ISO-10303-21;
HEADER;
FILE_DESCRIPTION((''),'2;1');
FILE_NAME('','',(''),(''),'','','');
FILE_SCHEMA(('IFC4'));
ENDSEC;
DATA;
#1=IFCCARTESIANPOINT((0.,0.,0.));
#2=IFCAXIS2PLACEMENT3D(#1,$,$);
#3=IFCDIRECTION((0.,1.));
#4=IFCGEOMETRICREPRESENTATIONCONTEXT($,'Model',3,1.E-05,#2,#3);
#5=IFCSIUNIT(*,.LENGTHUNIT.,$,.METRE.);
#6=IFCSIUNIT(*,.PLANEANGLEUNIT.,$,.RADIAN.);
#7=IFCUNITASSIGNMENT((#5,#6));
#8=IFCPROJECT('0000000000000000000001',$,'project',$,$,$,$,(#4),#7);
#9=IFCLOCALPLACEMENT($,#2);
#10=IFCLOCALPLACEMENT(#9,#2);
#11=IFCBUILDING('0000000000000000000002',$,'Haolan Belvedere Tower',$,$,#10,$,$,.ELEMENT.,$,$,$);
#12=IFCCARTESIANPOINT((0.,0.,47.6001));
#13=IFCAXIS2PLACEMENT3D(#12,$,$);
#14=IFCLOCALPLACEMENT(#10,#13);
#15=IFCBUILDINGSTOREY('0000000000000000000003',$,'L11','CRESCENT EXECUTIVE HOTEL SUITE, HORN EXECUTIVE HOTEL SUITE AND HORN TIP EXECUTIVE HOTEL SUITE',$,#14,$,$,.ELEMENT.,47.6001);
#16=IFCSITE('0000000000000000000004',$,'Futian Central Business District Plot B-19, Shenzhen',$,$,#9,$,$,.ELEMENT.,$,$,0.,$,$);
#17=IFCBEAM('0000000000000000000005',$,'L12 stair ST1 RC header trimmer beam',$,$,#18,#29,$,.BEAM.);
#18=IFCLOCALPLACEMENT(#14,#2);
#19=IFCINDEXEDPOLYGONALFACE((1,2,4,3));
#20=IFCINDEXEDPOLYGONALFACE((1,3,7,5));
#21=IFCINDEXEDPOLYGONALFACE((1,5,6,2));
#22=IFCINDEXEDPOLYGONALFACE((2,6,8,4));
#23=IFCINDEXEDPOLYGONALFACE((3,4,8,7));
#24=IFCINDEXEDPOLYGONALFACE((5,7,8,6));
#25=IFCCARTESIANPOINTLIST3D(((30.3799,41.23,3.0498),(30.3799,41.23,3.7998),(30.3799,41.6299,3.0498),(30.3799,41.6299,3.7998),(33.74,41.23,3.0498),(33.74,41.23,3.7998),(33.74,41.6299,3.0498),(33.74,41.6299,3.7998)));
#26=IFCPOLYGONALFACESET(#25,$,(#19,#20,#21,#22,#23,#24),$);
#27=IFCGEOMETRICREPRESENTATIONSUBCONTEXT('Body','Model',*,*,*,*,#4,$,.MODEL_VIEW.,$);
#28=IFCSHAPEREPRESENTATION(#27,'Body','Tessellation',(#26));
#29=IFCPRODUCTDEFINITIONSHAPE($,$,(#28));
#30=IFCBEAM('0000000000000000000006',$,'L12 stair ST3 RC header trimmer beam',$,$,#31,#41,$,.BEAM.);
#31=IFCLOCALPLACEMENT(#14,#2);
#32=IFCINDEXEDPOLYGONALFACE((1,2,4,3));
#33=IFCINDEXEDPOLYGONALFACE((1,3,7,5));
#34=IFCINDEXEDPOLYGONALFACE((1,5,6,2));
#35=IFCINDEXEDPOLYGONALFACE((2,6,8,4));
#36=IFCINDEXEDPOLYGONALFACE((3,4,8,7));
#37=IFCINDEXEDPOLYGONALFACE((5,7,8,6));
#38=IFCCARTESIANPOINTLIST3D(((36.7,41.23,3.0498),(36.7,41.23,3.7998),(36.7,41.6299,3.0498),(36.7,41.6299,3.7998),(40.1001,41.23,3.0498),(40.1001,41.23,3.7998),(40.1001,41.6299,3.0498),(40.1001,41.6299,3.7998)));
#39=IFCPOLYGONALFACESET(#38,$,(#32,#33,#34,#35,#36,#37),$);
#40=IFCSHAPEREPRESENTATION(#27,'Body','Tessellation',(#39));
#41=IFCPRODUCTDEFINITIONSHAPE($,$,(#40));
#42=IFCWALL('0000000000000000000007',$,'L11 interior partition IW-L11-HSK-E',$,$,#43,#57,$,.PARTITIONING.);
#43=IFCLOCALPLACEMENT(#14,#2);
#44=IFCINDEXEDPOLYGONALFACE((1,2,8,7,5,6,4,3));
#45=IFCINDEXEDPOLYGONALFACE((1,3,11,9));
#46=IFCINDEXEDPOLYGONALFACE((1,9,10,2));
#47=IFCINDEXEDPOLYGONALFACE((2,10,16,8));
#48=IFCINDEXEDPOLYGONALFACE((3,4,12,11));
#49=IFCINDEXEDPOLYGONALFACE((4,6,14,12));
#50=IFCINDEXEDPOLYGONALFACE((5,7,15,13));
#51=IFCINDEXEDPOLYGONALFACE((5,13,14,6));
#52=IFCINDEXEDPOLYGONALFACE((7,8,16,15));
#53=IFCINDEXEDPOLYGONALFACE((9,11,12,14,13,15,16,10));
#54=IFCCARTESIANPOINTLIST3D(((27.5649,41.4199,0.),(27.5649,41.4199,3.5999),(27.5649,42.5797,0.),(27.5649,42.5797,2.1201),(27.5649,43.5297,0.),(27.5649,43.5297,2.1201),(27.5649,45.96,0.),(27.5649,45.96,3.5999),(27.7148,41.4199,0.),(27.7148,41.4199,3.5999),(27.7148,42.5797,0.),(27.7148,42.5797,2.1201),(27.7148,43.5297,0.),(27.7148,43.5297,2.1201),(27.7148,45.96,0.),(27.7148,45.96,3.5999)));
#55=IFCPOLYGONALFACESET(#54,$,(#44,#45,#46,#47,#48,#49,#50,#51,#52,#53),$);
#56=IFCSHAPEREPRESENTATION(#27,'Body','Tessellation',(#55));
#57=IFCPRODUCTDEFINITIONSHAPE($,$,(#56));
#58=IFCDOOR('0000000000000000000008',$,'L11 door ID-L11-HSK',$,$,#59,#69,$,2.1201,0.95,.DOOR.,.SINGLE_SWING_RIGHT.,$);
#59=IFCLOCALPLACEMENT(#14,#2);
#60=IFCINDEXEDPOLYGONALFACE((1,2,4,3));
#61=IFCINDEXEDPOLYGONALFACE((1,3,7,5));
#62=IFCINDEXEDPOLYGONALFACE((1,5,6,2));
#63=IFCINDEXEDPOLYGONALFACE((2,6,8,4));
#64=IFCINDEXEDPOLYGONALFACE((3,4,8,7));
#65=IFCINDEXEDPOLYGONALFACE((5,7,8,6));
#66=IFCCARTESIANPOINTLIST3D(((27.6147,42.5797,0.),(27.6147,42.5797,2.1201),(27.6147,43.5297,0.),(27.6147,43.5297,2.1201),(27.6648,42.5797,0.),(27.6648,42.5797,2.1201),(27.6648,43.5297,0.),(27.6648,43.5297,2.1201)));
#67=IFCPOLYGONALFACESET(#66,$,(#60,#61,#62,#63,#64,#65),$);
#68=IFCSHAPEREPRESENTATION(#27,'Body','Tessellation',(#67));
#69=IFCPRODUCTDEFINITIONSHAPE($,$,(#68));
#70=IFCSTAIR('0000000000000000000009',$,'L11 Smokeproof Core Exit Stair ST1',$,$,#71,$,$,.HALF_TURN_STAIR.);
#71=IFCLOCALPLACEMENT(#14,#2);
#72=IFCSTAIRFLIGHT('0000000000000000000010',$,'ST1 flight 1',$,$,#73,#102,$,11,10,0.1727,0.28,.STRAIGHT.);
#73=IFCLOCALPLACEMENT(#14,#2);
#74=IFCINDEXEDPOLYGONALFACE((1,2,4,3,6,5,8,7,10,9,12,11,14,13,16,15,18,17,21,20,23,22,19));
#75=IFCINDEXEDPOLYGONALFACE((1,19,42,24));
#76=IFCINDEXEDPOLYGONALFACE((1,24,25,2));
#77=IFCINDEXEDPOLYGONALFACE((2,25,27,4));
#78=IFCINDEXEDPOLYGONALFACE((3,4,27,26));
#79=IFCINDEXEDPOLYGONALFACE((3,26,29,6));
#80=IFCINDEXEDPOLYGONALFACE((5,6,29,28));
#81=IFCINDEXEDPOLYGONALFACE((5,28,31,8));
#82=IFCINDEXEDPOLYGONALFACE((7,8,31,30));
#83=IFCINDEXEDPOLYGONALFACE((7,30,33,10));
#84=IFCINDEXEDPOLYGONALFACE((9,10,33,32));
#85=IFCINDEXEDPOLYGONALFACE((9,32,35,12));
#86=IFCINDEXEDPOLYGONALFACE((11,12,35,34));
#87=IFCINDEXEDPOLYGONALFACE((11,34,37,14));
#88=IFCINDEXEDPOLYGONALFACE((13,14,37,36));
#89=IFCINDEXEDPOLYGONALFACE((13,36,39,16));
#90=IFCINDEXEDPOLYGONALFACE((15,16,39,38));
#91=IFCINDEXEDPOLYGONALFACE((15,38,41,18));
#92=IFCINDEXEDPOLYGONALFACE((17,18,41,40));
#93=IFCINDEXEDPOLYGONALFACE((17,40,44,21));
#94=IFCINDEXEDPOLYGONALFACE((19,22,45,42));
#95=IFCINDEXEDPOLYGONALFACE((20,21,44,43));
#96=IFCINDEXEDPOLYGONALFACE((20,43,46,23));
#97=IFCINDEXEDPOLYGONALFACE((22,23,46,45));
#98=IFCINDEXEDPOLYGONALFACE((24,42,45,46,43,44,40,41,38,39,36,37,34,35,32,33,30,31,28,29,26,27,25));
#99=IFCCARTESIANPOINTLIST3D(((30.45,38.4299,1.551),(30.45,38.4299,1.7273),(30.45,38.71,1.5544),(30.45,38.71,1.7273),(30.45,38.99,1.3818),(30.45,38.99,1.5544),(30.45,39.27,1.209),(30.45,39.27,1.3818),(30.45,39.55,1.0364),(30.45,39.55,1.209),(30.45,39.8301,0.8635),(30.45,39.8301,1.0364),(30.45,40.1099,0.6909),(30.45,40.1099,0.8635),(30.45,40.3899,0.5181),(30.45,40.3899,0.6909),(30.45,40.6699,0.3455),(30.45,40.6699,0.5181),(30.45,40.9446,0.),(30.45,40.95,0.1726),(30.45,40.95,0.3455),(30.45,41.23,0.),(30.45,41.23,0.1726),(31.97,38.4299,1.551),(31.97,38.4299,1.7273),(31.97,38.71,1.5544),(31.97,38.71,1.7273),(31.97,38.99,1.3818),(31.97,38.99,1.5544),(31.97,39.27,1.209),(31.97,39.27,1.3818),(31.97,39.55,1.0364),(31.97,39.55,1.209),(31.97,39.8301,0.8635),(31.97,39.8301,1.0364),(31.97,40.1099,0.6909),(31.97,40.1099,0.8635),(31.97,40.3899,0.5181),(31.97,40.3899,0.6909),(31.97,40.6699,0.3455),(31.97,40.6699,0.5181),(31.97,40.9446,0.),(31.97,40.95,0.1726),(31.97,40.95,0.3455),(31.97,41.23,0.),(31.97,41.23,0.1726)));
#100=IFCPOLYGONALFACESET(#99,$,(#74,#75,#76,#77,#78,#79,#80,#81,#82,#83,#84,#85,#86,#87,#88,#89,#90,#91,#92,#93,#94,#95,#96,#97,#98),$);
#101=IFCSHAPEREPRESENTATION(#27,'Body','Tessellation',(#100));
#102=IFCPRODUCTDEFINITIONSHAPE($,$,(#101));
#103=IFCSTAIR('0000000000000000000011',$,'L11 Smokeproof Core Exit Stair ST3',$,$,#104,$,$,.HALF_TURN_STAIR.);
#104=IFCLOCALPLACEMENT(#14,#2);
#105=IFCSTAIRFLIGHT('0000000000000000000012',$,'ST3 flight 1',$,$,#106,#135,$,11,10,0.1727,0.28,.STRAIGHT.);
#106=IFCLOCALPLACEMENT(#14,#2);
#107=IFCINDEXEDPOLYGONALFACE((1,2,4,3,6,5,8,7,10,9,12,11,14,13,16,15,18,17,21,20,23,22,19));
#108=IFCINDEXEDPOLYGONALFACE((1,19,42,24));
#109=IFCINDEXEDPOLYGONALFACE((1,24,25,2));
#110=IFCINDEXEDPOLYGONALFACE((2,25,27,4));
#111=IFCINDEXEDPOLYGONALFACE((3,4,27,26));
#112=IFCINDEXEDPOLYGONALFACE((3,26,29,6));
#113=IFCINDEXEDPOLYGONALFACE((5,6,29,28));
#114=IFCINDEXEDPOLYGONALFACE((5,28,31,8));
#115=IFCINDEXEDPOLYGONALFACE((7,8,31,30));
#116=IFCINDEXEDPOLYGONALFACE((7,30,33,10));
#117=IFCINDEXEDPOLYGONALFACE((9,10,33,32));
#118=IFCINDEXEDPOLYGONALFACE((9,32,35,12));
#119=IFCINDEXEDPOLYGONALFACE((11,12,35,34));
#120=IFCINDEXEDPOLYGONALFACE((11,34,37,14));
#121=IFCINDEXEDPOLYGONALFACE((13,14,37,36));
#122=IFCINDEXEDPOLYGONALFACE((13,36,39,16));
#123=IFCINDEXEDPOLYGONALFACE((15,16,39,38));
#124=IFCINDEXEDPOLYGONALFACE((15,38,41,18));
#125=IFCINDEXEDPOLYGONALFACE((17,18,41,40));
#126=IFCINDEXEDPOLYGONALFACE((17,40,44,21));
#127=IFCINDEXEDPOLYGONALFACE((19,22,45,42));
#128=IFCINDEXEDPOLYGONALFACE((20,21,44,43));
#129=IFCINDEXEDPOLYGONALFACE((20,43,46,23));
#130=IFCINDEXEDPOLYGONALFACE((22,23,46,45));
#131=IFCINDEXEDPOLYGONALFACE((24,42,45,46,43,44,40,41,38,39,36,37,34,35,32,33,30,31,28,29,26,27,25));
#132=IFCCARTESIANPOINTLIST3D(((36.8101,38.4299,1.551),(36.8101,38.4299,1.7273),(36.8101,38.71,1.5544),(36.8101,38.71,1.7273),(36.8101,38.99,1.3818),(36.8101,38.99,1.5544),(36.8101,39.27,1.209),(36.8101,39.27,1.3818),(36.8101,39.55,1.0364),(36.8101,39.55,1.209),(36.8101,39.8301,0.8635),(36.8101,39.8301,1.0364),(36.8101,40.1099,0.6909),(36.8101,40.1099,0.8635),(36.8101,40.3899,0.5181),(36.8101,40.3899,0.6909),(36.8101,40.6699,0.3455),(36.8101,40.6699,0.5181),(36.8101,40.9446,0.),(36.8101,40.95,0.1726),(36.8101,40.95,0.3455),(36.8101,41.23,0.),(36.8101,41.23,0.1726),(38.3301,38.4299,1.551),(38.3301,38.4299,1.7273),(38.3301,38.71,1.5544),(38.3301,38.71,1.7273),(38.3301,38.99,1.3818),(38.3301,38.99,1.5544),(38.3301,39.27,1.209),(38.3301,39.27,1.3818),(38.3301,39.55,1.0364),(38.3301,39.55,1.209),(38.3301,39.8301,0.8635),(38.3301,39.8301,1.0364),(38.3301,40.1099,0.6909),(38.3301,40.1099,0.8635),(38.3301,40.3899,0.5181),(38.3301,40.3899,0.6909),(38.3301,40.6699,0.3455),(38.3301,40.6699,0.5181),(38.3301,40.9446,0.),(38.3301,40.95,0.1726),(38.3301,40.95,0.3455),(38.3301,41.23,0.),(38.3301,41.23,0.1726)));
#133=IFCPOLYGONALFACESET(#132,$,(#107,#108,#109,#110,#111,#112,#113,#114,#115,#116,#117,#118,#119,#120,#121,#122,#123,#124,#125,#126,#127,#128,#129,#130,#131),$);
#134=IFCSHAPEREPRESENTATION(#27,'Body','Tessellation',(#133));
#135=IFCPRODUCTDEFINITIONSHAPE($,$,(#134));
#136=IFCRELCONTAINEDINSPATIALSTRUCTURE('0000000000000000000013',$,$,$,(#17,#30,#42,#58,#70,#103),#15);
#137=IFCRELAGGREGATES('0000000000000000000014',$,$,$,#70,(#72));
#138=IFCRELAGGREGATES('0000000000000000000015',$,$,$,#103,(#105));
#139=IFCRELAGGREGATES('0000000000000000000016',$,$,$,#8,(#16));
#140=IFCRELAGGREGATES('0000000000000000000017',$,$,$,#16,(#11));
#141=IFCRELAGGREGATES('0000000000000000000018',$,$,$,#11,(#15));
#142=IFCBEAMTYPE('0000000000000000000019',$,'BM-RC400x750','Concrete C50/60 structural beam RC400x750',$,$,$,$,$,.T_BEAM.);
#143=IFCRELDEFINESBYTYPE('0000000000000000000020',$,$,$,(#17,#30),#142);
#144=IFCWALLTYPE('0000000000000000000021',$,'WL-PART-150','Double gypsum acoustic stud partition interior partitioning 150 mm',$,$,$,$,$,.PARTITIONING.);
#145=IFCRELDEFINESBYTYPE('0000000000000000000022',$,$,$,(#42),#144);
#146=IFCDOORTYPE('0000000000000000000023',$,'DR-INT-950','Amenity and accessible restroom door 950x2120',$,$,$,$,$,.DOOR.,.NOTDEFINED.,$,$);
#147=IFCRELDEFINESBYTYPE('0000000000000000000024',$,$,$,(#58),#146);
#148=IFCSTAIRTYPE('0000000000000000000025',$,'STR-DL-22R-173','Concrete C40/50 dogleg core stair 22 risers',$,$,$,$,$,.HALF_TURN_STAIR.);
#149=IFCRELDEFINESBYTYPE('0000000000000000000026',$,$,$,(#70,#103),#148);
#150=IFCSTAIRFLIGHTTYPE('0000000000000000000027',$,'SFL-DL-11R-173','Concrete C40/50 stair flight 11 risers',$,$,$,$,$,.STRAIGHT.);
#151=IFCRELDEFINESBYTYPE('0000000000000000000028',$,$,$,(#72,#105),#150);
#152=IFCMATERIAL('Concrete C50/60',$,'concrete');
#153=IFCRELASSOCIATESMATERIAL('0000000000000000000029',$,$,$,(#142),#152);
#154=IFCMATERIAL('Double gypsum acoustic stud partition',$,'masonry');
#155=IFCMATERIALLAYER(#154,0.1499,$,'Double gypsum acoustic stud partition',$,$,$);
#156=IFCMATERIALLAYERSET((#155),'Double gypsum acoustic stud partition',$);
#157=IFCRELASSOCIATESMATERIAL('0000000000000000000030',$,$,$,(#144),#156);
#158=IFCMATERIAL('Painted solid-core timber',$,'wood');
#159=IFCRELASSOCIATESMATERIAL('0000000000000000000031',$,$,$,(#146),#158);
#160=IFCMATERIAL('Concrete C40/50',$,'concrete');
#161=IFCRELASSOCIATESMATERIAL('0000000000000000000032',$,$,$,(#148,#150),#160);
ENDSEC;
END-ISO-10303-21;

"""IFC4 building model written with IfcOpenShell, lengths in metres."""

from ifc_helpers import new_model, si_unit, direction, frame, frame_2d, origin, origin_2d, place, context, subcontext, project, spatial, polyline, rectangle, outline, extrude, material, layer, layer_set, material_profile, profile_set, type_object, element, fill, aggregate, save


model = new_model("IFC4")

# Units and contexts
model_context = context("Model", 3, precision=1e-05, world=origin(), true_north=direction((0.0, 1.0)))
body_context = subcontext(model_context, "Body", "Model", "MODEL_VIEW")
ifc_project = project(units=[si_unit("LENGTHUNIT", "METRE"), si_unit("PLANEANGLEUNIT", "RADIAN")], contexts=[model_context])

# Site, building, storey
site_placement = place(None, origin())
site = spatial("IfcSite", under=ifc_project, at=site_placement, Name="Futian Central Business District Plot B-19, Shenzhen", CompositionType="ELEMENT", RefElevation=0.0)
building_placement = place(site_placement, origin())
building = spatial("IfcBuilding", under=site, at=building_placement, Name="Haolan Belvedere Tower", CompositionType="ELEMENT")
storey_placement = place(building_placement, frame((0.0, 0.0, 47.6001)))
storey = spatial("IfcBuildingStorey", under=building, at=storey_placement, Name="L11", Description="CRESCENT EXECUTIVE HOTEL SUITE, HORN EXECUTIVE HOTEL SUITE AND HORN TIP EXECUTIVE HOTEL SUITE", CompositionType="ELEMENT", Elevation=47.6001)

# Beams
ifc_material_1 = material(Name="Concrete C50/60", Category="concrete")
ifc_material_profile = material_profile(ifc_material_1, rectangle(XDim=0.3999, YDim=0.75, at=origin_2d()), Name="Concrete C50/60")
ifc_profile_set = profile_set([ifc_material_profile], Name="Concrete C50/60")
beam_type = type_object("IfcBeamType", Name="BM-RC400x750", Description="Concrete C50/60 structural beam RC400x750", PredefinedType="T_BEAM", material=ifc_profile_set)
beam_1_placement = place(storey_placement, frame((30.3799, 41.4299, 3.4248), z_axis=(1.0, 0.0, 0.0), x_axis=(0.0, 1.0, 0.0)))
element("IfcBeam", 1, at=beam_1_placement, inside=storey, type_object=beam_type, Name="L12 stair ST1 RC header trimmer beam", PredefinedType="BEAM", context=body_context, shape_type="SweptSolid", body=[
    extrude(rectangle(XDim=0.3999, YDim=0.75, at=origin_2d()), origin(), (0.0, 0.0, 1.0), 3.3601),
])
beam_2_placement = place(storey_placement, frame((36.7, 41.4299, 3.4248), z_axis=(1.0, 0.0, 0.0), x_axis=(0.0, 1.0, 0.0)))
element("IfcBeam", 2, at=beam_2_placement, inside=storey, type_object=beam_type, Name="L12 stair ST3 RC header trimmer beam", PredefinedType="BEAM", context=body_context, shape_type="SweptSolid", body=[
    extrude(rectangle(XDim=0.3999, YDim=0.75, at=origin_2d()), origin(), (0.0, 0.0, 1.0), 3.4001),
])

# Wall, opening, door
ifc_material_2 = material(Name="Double gypsum acoustic stud partition", Category="masonry")
ifc_layer_1 = layer(ifc_material_2, 0.1499, Name="Double gypsum acoustic stud partition")
ifc_layer_set_1 = layer_set([ifc_layer_1], Name="Double gypsum acoustic stud partition")
wall_type_1 = type_object("IfcWallType", Name="WL-PART-150", Description="Double gypsum acoustic stud partition interior partitioning 150 mm", PredefinedType="PARTITIONING", material=ifc_layer_set_1)
wall_1_placement = place(storey_placement, frame((27.6399, 41.4199, 0.0), z_axis=(0.0, 0.0, 1.0), x_axis=(0.0, 1.0, 0.0)))
wall_1 = element("IfcWall", 3, at=wall_1_placement, inside=storey, type_object=wall_type_1, Name="L11 interior partition IW-L11-HSK-E", PredefinedType="PARTITIONING", context=body_context, shape_type="SweptSolid", body=[
    extrude(rectangle(XDim=4.54, YDim=0.1499, at=frame_2d((2.27, 0.0))), origin(), (0.0, 0.0, 1.0), 3.5999),
])
opening_1_placement = place(wall_1_placement, frame((2.1099, 0.0, 0.0), z_axis=(0.0, 0.0, 1.0), x_axis=(-1.0, 0.0, 0.0)))
opening_1 = element("IfcOpeningElement", 4, at=opening_1_placement, cuts=wall_1, PredefinedType="OPENING", context=body_context, shape_type="SweptSolid", body=[
    extrude(rectangle(XDim=0.95, YDim=2.1201, at=frame_2d((0.4751, 1.0601))), frame((0.0, 0.085, 0.0), z_axis=(0.0, -1.0, 0.0), x_axis=(1.0, 0.0, 0.0)), (0.0, 0.0, 1.0), 0.1699),
])
ifc_material_3 = material(Name="Painted solid-core timber", Category="wood")
door_type_1 = type_object("IfcDoorType", Name="DR-INT-950", Description="Amenity and accessible restroom door 950x2120", OperationType="NOTDEFINED", PredefinedType="DOOR", material=ifc_material_3)
door_1_placement = place(opening_1_placement, origin())
door_1 = element("IfcDoor", 5, at=door_1_placement, inside=storey, type_object=door_type_1, Name="L11 door ID-L11-HSK", OperationType="SINGLE_SWING_RIGHT", OverallHeight=2.1201, OverallWidth=0.95, PredefinedType="DOOR", context=body_context, shape_type="SweptSolid", body=[
    extrude(rectangle(XDim=0.95, YDim=2.1201, at=frame_2d((0.4751, 1.0601))), frame((0.0, 0.0249, 0.0), z_axis=(0.0, -1.0, 0.0), x_axis=(1.0, 0.0, 0.0)), (0.0, 0.0, 1.0), 0.05),
])
fill(opening_1, door_1)

# Stairs, stair flights
ifc_material_4 = material(Name="Concrete C40/50", Category="concrete")
stair_type = type_object("IfcStairType", Name="STR-DL-22R-173", Description="Concrete C40/50 dogleg core stair 22 risers", PredefinedType="HALF_TURN_STAIR", material=ifc_material_4)
stair_1_placement = place(storey_placement, origin())
stair_1 = element("IfcStair", 6, at=stair_1_placement, inside=storey, type_object=stair_type, Name="L11 Smokeproof Core Exit Stair ST1", PredefinedType="HALF_TURN_STAIR")
stair_flight_type = type_object("IfcStairFlightType", Name="SFL-DL-11R-173", Description="Concrete C40/50 stair flight 11 risers", PredefinedType="STRAIGHT", material=ifc_material_4)
stair_flight_1_placement = place(storey_placement, frame((31.21, 41.23, 0.0), z_axis=(0.0, 0.0, 1.0), x_axis=(0.0, -1.0, 0.0)))
stair_flight_1 = element("IfcStairFlight", 7, at=stair_flight_1_placement, type_object=stair_flight_type, Name="ST1 flight 1", NumberOfRisers=11, NumberOfTreads=10, PredefinedType="STRAIGHT", RiserHeight=0.1727, TreadLength=0.28, context=body_context, shape_type="SweptSolid", body=[
    extrude(outline(polyline([(0.0, 0.0), (0.0, 0.1726), (0.28, 0.1726), (0.28, 0.3455), (0.5601, 0.3455), (0.5601, 0.5181), (0.8401, 0.5181), (0.8401, 0.6909), (1.1201, 0.6909), (1.1201, 0.8635), (1.3999, 0.8635), (1.3999, 1.0364), (1.6799, 1.0364), (1.6799, 1.209), (1.96, 1.209), (1.96, 1.3818), (2.24, 1.3818), (2.24, 1.5544), (2.52, 1.5544), (2.52, 1.7273), (2.8, 1.7273), (2.8, 1.8999), (2.8, 1.551), (0.2854, 0.0), (0.0, 0.0)])), frame((0.0, 0.76, 0.0), z_axis=(0.0, -1.0, 0.0), x_axis=(1.0, 0.0, 0.0)), (0.0, 0.0, 1.0), 1.52),
])
aggregate(stair_1, [stair_flight_1])
stair_2_placement = place(storey_placement, origin())
stair_2 = element("IfcStair", 8, at=stair_2_placement, inside=storey, type_object=stair_type, Name="L11 Smokeproof Core Exit Stair ST3", PredefinedType="HALF_TURN_STAIR")
stair_flight_2_placement = place(storey_placement, frame((37.5701, 41.23, 0.0), z_axis=(0.0, 0.0, 1.0), x_axis=(0.0, -1.0, 0.0)))
stair_flight_2 = element("IfcStairFlight", 9, at=stair_flight_2_placement, type_object=stair_flight_type, Name="ST3 flight 1", NumberOfRisers=11, NumberOfTreads=10, PredefinedType="STRAIGHT", RiserHeight=0.1727, TreadLength=0.28, context=body_context, shape_type="SweptSolid", body=[
    extrude(outline(polyline([(0.0, 0.0), (0.0, 0.1726), (0.28, 0.1726), (0.28, 0.3455), (0.5601, 0.3455), (0.5601, 0.5181), (0.8401, 0.5181), (0.8401, 0.6909), (1.1201, 0.6909), (1.1201, 0.8635), (1.3999, 0.8635), (1.3999, 1.0364), (1.6799, 1.0364), (1.6799, 1.209), (1.96, 1.209), (1.96, 1.3818), (2.24, 1.3818), (2.24, 1.5544), (2.52, 1.5544), (2.52, 1.7273), (2.8, 1.7273), (2.8, 1.8999), (2.8, 1.551), (0.2854, 0.0), (0.0, 0.0)])), frame((0.0, 0.76, 0.0), z_axis=(0.0, -1.0, 0.0), x_axis=(1.0, 0.0, 0.0)), (0.0, 0.0, 1.0), 1.52),
])
aggregate(stair_2, [stair_flight_2])

save(model, "model.ifc")
